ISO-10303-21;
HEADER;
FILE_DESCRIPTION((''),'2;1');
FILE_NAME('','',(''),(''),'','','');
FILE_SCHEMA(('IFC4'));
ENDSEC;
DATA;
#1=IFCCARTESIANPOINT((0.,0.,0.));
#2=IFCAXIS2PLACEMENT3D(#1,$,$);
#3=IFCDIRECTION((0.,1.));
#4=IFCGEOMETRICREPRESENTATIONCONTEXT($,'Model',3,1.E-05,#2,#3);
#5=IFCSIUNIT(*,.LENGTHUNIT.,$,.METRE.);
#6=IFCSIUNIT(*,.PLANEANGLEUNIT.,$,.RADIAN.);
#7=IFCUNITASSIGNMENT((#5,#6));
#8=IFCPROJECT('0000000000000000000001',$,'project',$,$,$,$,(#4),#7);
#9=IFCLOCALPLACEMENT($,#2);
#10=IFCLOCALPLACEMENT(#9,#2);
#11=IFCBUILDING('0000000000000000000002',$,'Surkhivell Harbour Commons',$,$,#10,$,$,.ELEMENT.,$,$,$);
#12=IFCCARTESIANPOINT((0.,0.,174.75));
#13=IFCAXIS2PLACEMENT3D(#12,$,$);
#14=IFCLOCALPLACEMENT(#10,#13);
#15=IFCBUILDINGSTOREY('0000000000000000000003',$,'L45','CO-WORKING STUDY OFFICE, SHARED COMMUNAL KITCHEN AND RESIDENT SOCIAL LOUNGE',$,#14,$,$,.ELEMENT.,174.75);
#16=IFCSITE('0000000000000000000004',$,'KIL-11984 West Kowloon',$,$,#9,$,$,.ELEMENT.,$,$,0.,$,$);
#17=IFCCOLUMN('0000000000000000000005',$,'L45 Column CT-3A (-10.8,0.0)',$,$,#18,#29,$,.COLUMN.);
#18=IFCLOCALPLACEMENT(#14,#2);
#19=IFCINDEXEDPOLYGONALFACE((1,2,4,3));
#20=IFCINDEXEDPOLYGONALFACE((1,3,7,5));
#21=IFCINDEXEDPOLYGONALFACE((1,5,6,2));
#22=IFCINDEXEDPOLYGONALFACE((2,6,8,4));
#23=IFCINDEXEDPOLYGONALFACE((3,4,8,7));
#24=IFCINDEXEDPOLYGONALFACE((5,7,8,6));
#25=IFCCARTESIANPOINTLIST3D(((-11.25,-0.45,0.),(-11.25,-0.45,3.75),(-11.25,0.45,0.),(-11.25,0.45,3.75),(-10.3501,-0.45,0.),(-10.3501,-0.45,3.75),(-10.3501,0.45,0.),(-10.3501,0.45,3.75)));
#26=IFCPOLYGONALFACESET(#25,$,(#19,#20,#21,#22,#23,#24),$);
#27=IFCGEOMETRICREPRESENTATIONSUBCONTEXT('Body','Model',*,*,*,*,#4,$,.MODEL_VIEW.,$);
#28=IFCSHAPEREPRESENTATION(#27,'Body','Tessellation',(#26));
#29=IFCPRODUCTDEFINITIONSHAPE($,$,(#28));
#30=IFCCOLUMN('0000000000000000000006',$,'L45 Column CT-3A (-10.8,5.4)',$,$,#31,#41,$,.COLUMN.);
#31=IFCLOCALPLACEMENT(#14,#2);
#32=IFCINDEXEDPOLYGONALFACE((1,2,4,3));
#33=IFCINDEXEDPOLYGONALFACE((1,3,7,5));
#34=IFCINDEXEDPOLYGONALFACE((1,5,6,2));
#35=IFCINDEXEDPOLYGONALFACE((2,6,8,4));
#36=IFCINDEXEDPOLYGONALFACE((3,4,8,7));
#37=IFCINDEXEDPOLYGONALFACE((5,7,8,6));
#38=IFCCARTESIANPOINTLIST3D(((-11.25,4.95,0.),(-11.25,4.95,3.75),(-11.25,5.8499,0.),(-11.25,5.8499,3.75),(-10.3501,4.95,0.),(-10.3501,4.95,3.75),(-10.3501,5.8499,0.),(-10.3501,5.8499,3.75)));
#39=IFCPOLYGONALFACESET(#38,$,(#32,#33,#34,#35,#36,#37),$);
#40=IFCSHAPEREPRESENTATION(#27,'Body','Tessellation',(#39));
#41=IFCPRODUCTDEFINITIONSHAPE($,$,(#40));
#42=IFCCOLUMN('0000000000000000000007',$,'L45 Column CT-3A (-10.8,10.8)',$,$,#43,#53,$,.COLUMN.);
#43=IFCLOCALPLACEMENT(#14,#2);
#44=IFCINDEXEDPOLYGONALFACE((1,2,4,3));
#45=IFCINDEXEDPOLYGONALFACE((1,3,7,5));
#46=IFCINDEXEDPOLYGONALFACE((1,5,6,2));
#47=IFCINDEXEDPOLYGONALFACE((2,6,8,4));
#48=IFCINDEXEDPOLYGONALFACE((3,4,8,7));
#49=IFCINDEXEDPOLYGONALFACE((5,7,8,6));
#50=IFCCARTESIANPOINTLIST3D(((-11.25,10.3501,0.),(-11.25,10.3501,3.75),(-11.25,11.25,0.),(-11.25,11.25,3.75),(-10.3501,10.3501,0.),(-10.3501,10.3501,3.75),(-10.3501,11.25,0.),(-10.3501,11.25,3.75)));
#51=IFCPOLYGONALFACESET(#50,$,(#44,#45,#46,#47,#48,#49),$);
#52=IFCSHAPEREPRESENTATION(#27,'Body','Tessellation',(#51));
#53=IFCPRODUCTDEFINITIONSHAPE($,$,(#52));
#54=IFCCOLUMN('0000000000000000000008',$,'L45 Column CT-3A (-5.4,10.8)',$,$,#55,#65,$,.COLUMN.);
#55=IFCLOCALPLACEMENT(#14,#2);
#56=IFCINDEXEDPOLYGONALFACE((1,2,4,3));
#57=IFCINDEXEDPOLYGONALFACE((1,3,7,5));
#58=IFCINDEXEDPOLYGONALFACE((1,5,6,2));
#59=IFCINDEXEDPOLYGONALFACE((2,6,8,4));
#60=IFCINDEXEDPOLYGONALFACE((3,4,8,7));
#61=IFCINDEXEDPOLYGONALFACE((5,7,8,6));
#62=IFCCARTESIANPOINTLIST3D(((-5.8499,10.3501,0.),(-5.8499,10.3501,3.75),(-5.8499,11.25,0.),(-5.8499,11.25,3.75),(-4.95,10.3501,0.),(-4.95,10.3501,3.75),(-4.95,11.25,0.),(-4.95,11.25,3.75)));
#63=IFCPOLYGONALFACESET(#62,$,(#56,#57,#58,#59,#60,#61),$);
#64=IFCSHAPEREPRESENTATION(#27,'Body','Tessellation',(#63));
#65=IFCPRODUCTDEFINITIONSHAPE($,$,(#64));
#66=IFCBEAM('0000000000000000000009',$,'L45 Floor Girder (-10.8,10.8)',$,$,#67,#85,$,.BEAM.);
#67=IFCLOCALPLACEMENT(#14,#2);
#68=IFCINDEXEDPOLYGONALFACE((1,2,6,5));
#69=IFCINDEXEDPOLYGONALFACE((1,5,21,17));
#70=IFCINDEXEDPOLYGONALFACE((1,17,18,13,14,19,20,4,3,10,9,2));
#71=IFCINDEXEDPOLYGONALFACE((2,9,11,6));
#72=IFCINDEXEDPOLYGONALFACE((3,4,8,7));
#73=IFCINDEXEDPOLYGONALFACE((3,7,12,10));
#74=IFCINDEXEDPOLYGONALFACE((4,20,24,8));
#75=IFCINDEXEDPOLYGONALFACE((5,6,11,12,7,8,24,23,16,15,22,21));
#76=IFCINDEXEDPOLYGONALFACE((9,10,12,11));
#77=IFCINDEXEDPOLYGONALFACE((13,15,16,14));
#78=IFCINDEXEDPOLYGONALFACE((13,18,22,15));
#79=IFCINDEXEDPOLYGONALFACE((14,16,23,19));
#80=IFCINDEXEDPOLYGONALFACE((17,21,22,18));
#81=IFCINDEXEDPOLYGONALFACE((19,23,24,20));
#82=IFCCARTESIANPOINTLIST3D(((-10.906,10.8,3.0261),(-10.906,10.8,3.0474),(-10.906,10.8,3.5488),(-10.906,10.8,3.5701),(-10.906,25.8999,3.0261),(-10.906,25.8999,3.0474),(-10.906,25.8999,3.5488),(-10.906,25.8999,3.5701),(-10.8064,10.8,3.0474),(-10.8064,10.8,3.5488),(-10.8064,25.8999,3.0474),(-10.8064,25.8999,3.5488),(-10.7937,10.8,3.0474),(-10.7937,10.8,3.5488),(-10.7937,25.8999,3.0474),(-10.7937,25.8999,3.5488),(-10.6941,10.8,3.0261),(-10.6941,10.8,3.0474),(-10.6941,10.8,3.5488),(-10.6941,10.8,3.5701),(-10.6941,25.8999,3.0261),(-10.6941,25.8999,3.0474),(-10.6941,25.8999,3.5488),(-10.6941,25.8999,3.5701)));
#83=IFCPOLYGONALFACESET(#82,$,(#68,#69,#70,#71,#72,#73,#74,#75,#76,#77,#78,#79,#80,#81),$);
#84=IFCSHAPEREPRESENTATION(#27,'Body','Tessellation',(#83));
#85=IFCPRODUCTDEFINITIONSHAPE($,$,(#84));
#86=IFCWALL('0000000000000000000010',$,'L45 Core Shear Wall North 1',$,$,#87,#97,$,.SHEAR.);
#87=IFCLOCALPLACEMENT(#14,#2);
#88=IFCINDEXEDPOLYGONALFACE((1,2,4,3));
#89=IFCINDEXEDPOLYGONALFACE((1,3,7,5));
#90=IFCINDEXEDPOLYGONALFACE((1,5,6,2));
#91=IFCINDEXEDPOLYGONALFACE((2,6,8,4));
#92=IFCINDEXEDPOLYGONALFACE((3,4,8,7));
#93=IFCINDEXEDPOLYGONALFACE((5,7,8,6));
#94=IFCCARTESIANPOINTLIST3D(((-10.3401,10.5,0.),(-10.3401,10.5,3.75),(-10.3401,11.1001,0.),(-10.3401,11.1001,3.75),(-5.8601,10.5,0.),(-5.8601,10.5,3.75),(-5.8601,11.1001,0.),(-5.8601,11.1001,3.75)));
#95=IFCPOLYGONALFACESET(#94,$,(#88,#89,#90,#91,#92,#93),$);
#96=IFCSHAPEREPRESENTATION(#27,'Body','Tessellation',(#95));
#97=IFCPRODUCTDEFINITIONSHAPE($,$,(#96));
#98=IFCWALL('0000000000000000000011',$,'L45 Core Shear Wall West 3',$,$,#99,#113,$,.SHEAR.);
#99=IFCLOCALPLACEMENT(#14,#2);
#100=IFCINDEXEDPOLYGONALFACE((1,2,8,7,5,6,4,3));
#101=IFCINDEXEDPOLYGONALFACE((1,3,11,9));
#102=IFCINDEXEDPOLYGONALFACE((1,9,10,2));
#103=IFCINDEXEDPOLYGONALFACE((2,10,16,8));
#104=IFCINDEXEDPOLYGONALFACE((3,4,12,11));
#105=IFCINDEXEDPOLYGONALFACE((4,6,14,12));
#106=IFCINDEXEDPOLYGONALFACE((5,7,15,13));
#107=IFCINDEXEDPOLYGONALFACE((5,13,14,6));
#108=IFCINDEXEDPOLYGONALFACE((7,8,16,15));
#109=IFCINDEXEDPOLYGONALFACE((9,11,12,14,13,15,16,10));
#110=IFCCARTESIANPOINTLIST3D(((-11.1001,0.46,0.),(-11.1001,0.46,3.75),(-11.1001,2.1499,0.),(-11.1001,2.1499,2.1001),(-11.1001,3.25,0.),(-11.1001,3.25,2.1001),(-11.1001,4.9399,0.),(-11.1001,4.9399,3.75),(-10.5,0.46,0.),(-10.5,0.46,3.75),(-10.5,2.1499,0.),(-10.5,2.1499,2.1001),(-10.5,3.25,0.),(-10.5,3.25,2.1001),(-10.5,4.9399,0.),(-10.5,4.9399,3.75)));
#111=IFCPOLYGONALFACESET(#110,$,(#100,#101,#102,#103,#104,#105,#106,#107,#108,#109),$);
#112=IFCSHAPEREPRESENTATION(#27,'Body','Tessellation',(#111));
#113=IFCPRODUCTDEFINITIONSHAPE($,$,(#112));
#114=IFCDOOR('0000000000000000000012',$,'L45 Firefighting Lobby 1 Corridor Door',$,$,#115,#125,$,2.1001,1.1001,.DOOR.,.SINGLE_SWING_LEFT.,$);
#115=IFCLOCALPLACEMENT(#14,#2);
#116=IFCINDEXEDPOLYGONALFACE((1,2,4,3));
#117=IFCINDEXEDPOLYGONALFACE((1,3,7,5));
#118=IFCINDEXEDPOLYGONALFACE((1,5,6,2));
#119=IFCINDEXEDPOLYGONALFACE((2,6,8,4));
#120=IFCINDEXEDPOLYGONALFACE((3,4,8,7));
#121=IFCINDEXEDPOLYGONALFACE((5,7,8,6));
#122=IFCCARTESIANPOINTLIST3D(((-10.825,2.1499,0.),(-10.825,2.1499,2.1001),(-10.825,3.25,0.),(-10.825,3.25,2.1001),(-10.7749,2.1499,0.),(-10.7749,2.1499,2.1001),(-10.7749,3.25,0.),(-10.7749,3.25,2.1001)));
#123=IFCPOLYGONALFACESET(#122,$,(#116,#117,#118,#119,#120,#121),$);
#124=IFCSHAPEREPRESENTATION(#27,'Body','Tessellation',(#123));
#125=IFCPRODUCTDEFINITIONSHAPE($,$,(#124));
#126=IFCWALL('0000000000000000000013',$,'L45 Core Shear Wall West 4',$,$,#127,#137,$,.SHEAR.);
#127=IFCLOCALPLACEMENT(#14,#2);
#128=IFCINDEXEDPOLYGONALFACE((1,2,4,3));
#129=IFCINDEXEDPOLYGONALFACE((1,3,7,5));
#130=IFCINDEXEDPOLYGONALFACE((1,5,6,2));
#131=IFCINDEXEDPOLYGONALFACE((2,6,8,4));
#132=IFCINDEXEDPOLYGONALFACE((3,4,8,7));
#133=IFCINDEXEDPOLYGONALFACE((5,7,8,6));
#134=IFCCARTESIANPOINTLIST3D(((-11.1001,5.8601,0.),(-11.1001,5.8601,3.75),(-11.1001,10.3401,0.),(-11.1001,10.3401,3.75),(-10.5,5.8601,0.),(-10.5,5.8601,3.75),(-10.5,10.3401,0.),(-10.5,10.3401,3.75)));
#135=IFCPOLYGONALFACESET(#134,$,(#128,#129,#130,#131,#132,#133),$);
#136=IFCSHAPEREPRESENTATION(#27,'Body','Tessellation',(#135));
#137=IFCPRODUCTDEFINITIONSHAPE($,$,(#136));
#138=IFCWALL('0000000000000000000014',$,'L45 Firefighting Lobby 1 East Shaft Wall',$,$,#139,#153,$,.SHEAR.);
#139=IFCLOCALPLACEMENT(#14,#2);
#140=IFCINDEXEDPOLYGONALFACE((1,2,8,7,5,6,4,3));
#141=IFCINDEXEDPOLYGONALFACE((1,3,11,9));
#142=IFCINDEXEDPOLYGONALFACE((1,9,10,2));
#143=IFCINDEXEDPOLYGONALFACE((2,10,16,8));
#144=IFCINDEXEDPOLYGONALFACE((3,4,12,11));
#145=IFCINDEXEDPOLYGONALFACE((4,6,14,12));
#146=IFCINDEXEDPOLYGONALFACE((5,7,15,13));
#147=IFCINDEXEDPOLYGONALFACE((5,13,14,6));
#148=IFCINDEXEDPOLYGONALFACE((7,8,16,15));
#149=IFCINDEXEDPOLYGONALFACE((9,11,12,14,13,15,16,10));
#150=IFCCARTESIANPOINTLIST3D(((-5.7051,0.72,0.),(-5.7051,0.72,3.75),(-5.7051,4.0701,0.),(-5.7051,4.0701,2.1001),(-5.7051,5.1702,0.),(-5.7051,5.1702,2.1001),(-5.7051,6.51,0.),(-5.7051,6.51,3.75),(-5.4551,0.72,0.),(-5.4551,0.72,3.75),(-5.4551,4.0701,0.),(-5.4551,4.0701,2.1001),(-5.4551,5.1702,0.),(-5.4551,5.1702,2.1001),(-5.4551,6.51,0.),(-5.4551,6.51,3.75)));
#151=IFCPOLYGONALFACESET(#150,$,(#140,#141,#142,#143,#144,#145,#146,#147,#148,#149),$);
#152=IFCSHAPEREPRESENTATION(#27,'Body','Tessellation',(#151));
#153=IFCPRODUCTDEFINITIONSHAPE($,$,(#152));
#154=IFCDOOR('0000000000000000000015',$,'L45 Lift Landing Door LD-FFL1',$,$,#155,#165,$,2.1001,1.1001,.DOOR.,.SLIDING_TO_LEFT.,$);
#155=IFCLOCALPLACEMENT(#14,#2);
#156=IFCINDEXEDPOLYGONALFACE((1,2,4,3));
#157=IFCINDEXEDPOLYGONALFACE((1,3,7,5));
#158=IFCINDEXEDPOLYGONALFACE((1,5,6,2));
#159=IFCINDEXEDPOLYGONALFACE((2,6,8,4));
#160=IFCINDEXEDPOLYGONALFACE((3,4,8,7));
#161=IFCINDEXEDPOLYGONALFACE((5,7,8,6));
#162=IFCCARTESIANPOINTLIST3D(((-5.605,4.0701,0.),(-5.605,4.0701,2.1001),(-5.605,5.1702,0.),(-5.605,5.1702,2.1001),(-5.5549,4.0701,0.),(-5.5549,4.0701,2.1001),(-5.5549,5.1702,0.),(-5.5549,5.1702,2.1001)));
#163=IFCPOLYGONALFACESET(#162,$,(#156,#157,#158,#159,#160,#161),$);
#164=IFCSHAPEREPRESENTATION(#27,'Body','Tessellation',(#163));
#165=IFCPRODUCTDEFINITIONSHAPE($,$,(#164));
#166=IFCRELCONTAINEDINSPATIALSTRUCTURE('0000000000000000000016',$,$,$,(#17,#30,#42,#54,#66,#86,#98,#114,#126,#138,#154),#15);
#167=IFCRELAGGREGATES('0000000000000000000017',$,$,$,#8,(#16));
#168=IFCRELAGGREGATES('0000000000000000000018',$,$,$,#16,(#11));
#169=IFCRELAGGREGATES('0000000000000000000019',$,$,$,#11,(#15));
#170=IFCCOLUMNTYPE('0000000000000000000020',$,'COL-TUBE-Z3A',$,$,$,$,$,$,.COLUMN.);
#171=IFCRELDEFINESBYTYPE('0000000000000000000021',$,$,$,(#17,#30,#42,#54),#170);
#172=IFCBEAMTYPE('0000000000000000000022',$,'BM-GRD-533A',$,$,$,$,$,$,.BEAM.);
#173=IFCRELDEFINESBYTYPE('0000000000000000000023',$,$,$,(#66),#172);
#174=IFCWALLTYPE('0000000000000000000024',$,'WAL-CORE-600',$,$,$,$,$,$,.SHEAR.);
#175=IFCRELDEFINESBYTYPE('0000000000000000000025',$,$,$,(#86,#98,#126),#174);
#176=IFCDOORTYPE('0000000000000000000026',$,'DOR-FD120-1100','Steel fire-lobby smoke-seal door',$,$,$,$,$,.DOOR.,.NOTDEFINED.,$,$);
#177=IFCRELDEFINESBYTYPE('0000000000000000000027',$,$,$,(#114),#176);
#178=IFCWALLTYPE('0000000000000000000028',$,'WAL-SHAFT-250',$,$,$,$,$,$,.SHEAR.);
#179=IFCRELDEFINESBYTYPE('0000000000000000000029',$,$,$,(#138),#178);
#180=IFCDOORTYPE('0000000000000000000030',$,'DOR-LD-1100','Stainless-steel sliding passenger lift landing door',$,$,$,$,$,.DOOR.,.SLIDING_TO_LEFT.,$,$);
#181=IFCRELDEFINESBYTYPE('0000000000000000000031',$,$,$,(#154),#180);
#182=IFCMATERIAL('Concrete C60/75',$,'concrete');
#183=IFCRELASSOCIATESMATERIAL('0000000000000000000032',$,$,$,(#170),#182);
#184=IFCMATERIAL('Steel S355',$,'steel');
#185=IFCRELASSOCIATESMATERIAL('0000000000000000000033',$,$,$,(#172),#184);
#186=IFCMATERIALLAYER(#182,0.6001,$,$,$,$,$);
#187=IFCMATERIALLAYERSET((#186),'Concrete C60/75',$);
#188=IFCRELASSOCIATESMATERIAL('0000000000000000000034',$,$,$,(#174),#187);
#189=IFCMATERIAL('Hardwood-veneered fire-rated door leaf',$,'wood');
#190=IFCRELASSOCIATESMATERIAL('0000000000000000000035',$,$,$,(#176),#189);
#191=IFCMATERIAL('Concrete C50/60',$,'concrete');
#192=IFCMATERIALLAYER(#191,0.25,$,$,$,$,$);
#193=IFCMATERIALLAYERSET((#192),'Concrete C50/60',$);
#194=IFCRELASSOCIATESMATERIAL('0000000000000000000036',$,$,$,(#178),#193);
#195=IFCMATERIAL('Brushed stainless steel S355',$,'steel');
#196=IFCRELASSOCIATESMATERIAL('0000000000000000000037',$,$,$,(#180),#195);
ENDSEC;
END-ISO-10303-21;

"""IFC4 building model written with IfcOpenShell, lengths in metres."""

from ifc_helpers import new_model, si_unit, direction, frame, frame_2d, origin, origin_2d, place, context, subcontext, project, spatial, rectangle, i_section, extrude, material, layer, layer_set, material_profile, profile_set, type_object, element, fill, save


model = new_model("IFC4")

# Units and contexts
model_context = context("Model", 3, precision=1e-05, world=origin(), true_north=direction((0.0, 1.0)))
body_context = subcontext(model_context, "Body", "Model", "MODEL_VIEW")
ifc_project = project(units=[si_unit("LENGTHUNIT", "METRE"), si_unit("PLANEANGLEUNIT", "RADIAN")], contexts=[model_context])

# Site, building, storey
site_placement = place(None, origin())
site = spatial("IfcSite", under=ifc_project, at=site_placement, Name="KIL-11984 West Kowloon", CompositionType="ELEMENT", RefElevation=0.0)
building_placement = place(site_placement, origin())
building = spatial("IfcBuilding", under=site, at=building_placement, Name="Surkhivell Harbour Commons", CompositionType="ELEMENT")
storey_placement = place(building_placement, frame((0.0, 0.0, 174.75)))
storey = spatial("IfcBuildingStorey", under=building, at=storey_placement, Name="L45", Description="CO-WORKING STUDY OFFICE, SHARED COMMUNAL KITCHEN AND RESIDENT SOCIAL LOUNGE", CompositionType="ELEMENT", Elevation=174.75)

# Columns
ifc_material_1 = material(Name="Concrete C60/75", Category="concrete")
ifc_material_profile_1 = material_profile(ifc_material_1, rectangle(XDim=0.8999, YDim=0.8999, at=origin_2d()), Name="RC-COL-900x900")
ifc_profile_set_1 = profile_set([ifc_material_profile_1], Name="Concrete C60/75")
column_type = type_object("IfcColumnType", Name="COL-TUBE-Z3A", PredefinedType="COLUMN", material=ifc_profile_set_1)
for number, where, z_axis, x_axis, name in (
    (1, (-10.8, 0.0, 0.0), (0.0, 0.0, 1.0), (1.0, 0.0, 0.0), "L45 Column CT-3A (-10.8,0.0)"),
    (2, (-10.8, 5.3999, 0.0), (0.0, 0.0, 1.0), (1.0, 0.0, 0.0), "L45 Column CT-3A (-10.8,5.4)"),
    (3, (-10.8, 10.8, 0.0), (0.0, 0.0, 1.0), (1.0, 0.0, 0.0), "L45 Column CT-3A (-10.8,10.8)"),
    (4, (-5.3999, 10.8, 0.0), (0.0, 0.0, 1.0), (1.0, 0.0, 0.0), "L45 Column CT-3A (-5.4,10.8)"),
):
    element("IfcColumn", number, at=place(storey_placement, frame(where, z_axis=z_axis, x_axis=x_axis)), inside=storey, type_object=column_type, Name=name, PredefinedType="COLUMN", context=body_context, shape_type="SweptSolid", body=[
        extrude(rectangle(XDim=0.8999, YDim=0.8999, at=origin_2d()), origin(), (0.0, 0.0, 1.0), 3.75),
    ])

# Beam
ifc_material_2 = material(Name="Steel S355", Category="steel")
ifc_material_profile_2 = material_profile(ifc_material_2, i_section(OverallWidth=0.2119, OverallDepth=0.5439, WebThickness=0.0127, FlangeThickness=0.0212, at=origin_2d()), Name="UB533x210x122")
ifc_profile_set_2 = profile_set([ifc_material_profile_2], Name="Steel S355")
beam_type = type_object("IfcBeamType", Name="BM-GRD-533A", PredefinedType="BEAM", material=ifc_profile_set_2)
beam_placement = place(storey_placement, frame((-10.8, 10.8, 3.2981), z_axis=(0.0, 1.0, 0.0), x_axis=(-1.0, 0.0, 0.0)))
element("IfcBeam", 5, at=beam_placement, inside=storey, type_object=beam_type, Name="L45 Floor Girder (-10.8,10.8)", PredefinedType="BEAM", context=body_context, shape_type="SweptSolid", body=[
    extrude(i_section(OverallWidth=0.2119, OverallDepth=0.5439, WebThickness=0.0127, FlangeThickness=0.0212, at=origin_2d()), origin(), (0.0, 0.0, 1.0), 15.0999),
])

# Wall
ifc_layer_1 = layer(ifc_material_1, 0.6001)
ifc_layer_set_1 = layer_set([ifc_layer_1], Name="Concrete C60/75")
wall_type_1 = type_object("IfcWallType", Name="WAL-CORE-600", PredefinedType="SHEAR", material=ifc_layer_set_1)
wall_1_placement = place(storey_placement, frame((-10.3401, 10.8, 0.0), z_axis=(0.0, 0.0, 1.0), x_axis=(1.0, 0.0, 0.0)))
element("IfcWall", 6, at=wall_1_placement, inside=storey, type_object=wall_type_1, Name="L45 Core Shear Wall North 1", PredefinedType="SHEAR", context=body_context, shape_type="SweptSolid", body=[
    extrude(rectangle(XDim=4.48, YDim=0.6001, at=frame_2d((2.24, 0.0))), origin(), (0.0, 0.0, 1.0), 3.75),
])

# Wall, opening, door
wall_2_placement = place(storey_placement, frame((-10.8, 0.46, 0.0), z_axis=(0.0, 0.0, 1.0), x_axis=(0.0, 1.0, 0.0)))
wall_2 = element("IfcWall", 7, at=wall_2_placement, inside=storey, type_object=wall_type_1, Name="L45 Core Shear Wall West 3", PredefinedType="SHEAR", context=body_context, shape_type="SweptSolid", body=[
    extrude(rectangle(XDim=4.48, YDim=0.6001, at=frame_2d((2.24, 0.0))), origin(), (0.0, 0.0, 1.0), 3.75),
])
opening_1_placement = place(wall_2_placement, frame((1.6899, 0.0, 0.0)))
opening_1 = element("IfcOpeningElement", 8, at=opening_1_placement, cuts=wall_2, PredefinedType="OPENING", context=body_context, shape_type="SweptSolid", body=[
    extrude(rectangle(XDim=1.1001, YDim=2.1001, at=frame_2d((0.55, 1.05))), frame((0.0, 0.3101, 0.0), z_axis=(0.0, -1.0, 0.0), x_axis=(1.0, 0.0, 0.0)), (0.0, 0.0, 1.0), 0.6201),
])
ifc_material_3 = material(Name="Hardwood-veneered fire-rated door leaf", Category="wood")
door_type_1 = type_object("IfcDoorType", Name="DOR-FD120-1100", Description="Steel fire-lobby smoke-seal door", OperationType="NOTDEFINED", PredefinedType="DOOR", material=ifc_material_3)
door_1_placement = place(opening_1_placement, origin())
door_1 = element("IfcDoor", 9, at=door_1_placement, inside=storey, type_object=door_type_1, Name="L45 Firefighting Lobby 1 Corridor Door", OperationType="SINGLE_SWING_LEFT", OverallHeight=2.1001, OverallWidth=1.1001, PredefinedType="DOOR", context=body_context, shape_type="SweptSolid", body=[
    extrude(rectangle(XDim=1.1001, YDim=2.1001, at=frame_2d((0.55, 1.05))), frame((0.0, 0.0249, 0.0), z_axis=(0.0, -1.0, 0.0), x_axis=(1.0, 0.0, 0.0)), (0.0, 0.0, 1.0), 0.05),
])
fill(opening_1, door_1)

# Wall
wall_3_placement = place(storey_placement, frame((-10.8, 5.8601, 0.0), z_axis=(0.0, 0.0, 1.0), x_axis=(0.0, 1.0, 0.0)))
element("IfcWall", 10, at=wall_3_placement, inside=storey, type_object=wall_type_1, Name="L45 Core Shear Wall West 4", PredefinedType="SHEAR", context=body_context, shape_type="SweptSolid", body=[
    extrude(rectangle(XDim=4.48, YDim=0.6001, at=frame_2d((2.24, 0.0))), origin(), (0.0, 0.0, 1.0), 3.75),
])

# Wall, opening, door
ifc_material_4 = material(Name="Concrete C50/60", Category="concrete")
ifc_layer_2 = layer(ifc_material_4, 0.25)
ifc_layer_set_2 = layer_set([ifc_layer_2], Name="Concrete C50/60")
wall_type_2 = type_object("IfcWallType", Name="WAL-SHAFT-250", PredefinedType="SHEAR", material=ifc_layer_set_2)
wall_4_placement = place(storey_placement, frame((-5.5801, 0.72, 0.0), z_axis=(0.0, 0.0, 1.0), x_axis=(0.0, 1.0, 0.0)))
wall_4 = element("IfcWall", 11, at=wall_4_placement, inside=storey, type_object=wall_type_2, Name="L45 Firefighting Lobby 1 East Shaft Wall", PredefinedType="SHEAR", context=body_context, shape_type="SweptSolid", body=[
    extrude(rectangle(XDim=5.79, YDim=0.25, at=frame_2d((2.895, 0.0))), origin(), (0.0, 0.0, 1.0), 3.75),
])
opening_2_placement = place(wall_4_placement, frame((3.3501, 0.0, 0.0)))
opening_2 = element("IfcOpeningElement", 12, at=opening_2_placement, cuts=wall_4, PredefinedType="OPENING", context=body_context, shape_type="SweptSolid", body=[
    extrude(rectangle(XDim=1.1001, YDim=2.1001, at=frame_2d((0.55, 1.05))), frame((0.0, 0.135, 0.0), z_axis=(0.0, -1.0, 0.0), x_axis=(1.0, 0.0, 0.0)), (0.0, 0.0, 1.0), 0.27),
])
ifc_material_5 = material(Name="Brushed stainless steel S355", Category="steel")
door_type_2 = type_object("IfcDoorType", Name="DOR-LD-1100", Description="Stainless-steel sliding passenger lift landing door", OperationType="SLIDING_TO_LEFT", PredefinedType="DOOR", material=ifc_material_5)
door_2_placement = place(opening_2_placement, origin())
door_2 = element("IfcDoor", 13, at=door_2_placement, inside=storey, type_object=door_type_2, Name="L45 Lift Landing Door LD-FFL1", OperationType="SLIDING_TO_LEFT", OverallHeight=2.1001, OverallWidth=1.1001, PredefinedType="DOOR", context=body_context, shape_type="SweptSolid", body=[
    extrude(rectangle(XDim=1.1001, YDim=2.1001, at=frame_2d((0.55, 1.05))), frame((0.0, 0.0249, 0.0), z_axis=(0.0, -1.0, 0.0), x_axis=(1.0, 0.0, 0.0)), (0.0, 0.0, 1.0), 0.05),
])
fill(opening_2, door_2)

save(model, "model.ifc")
